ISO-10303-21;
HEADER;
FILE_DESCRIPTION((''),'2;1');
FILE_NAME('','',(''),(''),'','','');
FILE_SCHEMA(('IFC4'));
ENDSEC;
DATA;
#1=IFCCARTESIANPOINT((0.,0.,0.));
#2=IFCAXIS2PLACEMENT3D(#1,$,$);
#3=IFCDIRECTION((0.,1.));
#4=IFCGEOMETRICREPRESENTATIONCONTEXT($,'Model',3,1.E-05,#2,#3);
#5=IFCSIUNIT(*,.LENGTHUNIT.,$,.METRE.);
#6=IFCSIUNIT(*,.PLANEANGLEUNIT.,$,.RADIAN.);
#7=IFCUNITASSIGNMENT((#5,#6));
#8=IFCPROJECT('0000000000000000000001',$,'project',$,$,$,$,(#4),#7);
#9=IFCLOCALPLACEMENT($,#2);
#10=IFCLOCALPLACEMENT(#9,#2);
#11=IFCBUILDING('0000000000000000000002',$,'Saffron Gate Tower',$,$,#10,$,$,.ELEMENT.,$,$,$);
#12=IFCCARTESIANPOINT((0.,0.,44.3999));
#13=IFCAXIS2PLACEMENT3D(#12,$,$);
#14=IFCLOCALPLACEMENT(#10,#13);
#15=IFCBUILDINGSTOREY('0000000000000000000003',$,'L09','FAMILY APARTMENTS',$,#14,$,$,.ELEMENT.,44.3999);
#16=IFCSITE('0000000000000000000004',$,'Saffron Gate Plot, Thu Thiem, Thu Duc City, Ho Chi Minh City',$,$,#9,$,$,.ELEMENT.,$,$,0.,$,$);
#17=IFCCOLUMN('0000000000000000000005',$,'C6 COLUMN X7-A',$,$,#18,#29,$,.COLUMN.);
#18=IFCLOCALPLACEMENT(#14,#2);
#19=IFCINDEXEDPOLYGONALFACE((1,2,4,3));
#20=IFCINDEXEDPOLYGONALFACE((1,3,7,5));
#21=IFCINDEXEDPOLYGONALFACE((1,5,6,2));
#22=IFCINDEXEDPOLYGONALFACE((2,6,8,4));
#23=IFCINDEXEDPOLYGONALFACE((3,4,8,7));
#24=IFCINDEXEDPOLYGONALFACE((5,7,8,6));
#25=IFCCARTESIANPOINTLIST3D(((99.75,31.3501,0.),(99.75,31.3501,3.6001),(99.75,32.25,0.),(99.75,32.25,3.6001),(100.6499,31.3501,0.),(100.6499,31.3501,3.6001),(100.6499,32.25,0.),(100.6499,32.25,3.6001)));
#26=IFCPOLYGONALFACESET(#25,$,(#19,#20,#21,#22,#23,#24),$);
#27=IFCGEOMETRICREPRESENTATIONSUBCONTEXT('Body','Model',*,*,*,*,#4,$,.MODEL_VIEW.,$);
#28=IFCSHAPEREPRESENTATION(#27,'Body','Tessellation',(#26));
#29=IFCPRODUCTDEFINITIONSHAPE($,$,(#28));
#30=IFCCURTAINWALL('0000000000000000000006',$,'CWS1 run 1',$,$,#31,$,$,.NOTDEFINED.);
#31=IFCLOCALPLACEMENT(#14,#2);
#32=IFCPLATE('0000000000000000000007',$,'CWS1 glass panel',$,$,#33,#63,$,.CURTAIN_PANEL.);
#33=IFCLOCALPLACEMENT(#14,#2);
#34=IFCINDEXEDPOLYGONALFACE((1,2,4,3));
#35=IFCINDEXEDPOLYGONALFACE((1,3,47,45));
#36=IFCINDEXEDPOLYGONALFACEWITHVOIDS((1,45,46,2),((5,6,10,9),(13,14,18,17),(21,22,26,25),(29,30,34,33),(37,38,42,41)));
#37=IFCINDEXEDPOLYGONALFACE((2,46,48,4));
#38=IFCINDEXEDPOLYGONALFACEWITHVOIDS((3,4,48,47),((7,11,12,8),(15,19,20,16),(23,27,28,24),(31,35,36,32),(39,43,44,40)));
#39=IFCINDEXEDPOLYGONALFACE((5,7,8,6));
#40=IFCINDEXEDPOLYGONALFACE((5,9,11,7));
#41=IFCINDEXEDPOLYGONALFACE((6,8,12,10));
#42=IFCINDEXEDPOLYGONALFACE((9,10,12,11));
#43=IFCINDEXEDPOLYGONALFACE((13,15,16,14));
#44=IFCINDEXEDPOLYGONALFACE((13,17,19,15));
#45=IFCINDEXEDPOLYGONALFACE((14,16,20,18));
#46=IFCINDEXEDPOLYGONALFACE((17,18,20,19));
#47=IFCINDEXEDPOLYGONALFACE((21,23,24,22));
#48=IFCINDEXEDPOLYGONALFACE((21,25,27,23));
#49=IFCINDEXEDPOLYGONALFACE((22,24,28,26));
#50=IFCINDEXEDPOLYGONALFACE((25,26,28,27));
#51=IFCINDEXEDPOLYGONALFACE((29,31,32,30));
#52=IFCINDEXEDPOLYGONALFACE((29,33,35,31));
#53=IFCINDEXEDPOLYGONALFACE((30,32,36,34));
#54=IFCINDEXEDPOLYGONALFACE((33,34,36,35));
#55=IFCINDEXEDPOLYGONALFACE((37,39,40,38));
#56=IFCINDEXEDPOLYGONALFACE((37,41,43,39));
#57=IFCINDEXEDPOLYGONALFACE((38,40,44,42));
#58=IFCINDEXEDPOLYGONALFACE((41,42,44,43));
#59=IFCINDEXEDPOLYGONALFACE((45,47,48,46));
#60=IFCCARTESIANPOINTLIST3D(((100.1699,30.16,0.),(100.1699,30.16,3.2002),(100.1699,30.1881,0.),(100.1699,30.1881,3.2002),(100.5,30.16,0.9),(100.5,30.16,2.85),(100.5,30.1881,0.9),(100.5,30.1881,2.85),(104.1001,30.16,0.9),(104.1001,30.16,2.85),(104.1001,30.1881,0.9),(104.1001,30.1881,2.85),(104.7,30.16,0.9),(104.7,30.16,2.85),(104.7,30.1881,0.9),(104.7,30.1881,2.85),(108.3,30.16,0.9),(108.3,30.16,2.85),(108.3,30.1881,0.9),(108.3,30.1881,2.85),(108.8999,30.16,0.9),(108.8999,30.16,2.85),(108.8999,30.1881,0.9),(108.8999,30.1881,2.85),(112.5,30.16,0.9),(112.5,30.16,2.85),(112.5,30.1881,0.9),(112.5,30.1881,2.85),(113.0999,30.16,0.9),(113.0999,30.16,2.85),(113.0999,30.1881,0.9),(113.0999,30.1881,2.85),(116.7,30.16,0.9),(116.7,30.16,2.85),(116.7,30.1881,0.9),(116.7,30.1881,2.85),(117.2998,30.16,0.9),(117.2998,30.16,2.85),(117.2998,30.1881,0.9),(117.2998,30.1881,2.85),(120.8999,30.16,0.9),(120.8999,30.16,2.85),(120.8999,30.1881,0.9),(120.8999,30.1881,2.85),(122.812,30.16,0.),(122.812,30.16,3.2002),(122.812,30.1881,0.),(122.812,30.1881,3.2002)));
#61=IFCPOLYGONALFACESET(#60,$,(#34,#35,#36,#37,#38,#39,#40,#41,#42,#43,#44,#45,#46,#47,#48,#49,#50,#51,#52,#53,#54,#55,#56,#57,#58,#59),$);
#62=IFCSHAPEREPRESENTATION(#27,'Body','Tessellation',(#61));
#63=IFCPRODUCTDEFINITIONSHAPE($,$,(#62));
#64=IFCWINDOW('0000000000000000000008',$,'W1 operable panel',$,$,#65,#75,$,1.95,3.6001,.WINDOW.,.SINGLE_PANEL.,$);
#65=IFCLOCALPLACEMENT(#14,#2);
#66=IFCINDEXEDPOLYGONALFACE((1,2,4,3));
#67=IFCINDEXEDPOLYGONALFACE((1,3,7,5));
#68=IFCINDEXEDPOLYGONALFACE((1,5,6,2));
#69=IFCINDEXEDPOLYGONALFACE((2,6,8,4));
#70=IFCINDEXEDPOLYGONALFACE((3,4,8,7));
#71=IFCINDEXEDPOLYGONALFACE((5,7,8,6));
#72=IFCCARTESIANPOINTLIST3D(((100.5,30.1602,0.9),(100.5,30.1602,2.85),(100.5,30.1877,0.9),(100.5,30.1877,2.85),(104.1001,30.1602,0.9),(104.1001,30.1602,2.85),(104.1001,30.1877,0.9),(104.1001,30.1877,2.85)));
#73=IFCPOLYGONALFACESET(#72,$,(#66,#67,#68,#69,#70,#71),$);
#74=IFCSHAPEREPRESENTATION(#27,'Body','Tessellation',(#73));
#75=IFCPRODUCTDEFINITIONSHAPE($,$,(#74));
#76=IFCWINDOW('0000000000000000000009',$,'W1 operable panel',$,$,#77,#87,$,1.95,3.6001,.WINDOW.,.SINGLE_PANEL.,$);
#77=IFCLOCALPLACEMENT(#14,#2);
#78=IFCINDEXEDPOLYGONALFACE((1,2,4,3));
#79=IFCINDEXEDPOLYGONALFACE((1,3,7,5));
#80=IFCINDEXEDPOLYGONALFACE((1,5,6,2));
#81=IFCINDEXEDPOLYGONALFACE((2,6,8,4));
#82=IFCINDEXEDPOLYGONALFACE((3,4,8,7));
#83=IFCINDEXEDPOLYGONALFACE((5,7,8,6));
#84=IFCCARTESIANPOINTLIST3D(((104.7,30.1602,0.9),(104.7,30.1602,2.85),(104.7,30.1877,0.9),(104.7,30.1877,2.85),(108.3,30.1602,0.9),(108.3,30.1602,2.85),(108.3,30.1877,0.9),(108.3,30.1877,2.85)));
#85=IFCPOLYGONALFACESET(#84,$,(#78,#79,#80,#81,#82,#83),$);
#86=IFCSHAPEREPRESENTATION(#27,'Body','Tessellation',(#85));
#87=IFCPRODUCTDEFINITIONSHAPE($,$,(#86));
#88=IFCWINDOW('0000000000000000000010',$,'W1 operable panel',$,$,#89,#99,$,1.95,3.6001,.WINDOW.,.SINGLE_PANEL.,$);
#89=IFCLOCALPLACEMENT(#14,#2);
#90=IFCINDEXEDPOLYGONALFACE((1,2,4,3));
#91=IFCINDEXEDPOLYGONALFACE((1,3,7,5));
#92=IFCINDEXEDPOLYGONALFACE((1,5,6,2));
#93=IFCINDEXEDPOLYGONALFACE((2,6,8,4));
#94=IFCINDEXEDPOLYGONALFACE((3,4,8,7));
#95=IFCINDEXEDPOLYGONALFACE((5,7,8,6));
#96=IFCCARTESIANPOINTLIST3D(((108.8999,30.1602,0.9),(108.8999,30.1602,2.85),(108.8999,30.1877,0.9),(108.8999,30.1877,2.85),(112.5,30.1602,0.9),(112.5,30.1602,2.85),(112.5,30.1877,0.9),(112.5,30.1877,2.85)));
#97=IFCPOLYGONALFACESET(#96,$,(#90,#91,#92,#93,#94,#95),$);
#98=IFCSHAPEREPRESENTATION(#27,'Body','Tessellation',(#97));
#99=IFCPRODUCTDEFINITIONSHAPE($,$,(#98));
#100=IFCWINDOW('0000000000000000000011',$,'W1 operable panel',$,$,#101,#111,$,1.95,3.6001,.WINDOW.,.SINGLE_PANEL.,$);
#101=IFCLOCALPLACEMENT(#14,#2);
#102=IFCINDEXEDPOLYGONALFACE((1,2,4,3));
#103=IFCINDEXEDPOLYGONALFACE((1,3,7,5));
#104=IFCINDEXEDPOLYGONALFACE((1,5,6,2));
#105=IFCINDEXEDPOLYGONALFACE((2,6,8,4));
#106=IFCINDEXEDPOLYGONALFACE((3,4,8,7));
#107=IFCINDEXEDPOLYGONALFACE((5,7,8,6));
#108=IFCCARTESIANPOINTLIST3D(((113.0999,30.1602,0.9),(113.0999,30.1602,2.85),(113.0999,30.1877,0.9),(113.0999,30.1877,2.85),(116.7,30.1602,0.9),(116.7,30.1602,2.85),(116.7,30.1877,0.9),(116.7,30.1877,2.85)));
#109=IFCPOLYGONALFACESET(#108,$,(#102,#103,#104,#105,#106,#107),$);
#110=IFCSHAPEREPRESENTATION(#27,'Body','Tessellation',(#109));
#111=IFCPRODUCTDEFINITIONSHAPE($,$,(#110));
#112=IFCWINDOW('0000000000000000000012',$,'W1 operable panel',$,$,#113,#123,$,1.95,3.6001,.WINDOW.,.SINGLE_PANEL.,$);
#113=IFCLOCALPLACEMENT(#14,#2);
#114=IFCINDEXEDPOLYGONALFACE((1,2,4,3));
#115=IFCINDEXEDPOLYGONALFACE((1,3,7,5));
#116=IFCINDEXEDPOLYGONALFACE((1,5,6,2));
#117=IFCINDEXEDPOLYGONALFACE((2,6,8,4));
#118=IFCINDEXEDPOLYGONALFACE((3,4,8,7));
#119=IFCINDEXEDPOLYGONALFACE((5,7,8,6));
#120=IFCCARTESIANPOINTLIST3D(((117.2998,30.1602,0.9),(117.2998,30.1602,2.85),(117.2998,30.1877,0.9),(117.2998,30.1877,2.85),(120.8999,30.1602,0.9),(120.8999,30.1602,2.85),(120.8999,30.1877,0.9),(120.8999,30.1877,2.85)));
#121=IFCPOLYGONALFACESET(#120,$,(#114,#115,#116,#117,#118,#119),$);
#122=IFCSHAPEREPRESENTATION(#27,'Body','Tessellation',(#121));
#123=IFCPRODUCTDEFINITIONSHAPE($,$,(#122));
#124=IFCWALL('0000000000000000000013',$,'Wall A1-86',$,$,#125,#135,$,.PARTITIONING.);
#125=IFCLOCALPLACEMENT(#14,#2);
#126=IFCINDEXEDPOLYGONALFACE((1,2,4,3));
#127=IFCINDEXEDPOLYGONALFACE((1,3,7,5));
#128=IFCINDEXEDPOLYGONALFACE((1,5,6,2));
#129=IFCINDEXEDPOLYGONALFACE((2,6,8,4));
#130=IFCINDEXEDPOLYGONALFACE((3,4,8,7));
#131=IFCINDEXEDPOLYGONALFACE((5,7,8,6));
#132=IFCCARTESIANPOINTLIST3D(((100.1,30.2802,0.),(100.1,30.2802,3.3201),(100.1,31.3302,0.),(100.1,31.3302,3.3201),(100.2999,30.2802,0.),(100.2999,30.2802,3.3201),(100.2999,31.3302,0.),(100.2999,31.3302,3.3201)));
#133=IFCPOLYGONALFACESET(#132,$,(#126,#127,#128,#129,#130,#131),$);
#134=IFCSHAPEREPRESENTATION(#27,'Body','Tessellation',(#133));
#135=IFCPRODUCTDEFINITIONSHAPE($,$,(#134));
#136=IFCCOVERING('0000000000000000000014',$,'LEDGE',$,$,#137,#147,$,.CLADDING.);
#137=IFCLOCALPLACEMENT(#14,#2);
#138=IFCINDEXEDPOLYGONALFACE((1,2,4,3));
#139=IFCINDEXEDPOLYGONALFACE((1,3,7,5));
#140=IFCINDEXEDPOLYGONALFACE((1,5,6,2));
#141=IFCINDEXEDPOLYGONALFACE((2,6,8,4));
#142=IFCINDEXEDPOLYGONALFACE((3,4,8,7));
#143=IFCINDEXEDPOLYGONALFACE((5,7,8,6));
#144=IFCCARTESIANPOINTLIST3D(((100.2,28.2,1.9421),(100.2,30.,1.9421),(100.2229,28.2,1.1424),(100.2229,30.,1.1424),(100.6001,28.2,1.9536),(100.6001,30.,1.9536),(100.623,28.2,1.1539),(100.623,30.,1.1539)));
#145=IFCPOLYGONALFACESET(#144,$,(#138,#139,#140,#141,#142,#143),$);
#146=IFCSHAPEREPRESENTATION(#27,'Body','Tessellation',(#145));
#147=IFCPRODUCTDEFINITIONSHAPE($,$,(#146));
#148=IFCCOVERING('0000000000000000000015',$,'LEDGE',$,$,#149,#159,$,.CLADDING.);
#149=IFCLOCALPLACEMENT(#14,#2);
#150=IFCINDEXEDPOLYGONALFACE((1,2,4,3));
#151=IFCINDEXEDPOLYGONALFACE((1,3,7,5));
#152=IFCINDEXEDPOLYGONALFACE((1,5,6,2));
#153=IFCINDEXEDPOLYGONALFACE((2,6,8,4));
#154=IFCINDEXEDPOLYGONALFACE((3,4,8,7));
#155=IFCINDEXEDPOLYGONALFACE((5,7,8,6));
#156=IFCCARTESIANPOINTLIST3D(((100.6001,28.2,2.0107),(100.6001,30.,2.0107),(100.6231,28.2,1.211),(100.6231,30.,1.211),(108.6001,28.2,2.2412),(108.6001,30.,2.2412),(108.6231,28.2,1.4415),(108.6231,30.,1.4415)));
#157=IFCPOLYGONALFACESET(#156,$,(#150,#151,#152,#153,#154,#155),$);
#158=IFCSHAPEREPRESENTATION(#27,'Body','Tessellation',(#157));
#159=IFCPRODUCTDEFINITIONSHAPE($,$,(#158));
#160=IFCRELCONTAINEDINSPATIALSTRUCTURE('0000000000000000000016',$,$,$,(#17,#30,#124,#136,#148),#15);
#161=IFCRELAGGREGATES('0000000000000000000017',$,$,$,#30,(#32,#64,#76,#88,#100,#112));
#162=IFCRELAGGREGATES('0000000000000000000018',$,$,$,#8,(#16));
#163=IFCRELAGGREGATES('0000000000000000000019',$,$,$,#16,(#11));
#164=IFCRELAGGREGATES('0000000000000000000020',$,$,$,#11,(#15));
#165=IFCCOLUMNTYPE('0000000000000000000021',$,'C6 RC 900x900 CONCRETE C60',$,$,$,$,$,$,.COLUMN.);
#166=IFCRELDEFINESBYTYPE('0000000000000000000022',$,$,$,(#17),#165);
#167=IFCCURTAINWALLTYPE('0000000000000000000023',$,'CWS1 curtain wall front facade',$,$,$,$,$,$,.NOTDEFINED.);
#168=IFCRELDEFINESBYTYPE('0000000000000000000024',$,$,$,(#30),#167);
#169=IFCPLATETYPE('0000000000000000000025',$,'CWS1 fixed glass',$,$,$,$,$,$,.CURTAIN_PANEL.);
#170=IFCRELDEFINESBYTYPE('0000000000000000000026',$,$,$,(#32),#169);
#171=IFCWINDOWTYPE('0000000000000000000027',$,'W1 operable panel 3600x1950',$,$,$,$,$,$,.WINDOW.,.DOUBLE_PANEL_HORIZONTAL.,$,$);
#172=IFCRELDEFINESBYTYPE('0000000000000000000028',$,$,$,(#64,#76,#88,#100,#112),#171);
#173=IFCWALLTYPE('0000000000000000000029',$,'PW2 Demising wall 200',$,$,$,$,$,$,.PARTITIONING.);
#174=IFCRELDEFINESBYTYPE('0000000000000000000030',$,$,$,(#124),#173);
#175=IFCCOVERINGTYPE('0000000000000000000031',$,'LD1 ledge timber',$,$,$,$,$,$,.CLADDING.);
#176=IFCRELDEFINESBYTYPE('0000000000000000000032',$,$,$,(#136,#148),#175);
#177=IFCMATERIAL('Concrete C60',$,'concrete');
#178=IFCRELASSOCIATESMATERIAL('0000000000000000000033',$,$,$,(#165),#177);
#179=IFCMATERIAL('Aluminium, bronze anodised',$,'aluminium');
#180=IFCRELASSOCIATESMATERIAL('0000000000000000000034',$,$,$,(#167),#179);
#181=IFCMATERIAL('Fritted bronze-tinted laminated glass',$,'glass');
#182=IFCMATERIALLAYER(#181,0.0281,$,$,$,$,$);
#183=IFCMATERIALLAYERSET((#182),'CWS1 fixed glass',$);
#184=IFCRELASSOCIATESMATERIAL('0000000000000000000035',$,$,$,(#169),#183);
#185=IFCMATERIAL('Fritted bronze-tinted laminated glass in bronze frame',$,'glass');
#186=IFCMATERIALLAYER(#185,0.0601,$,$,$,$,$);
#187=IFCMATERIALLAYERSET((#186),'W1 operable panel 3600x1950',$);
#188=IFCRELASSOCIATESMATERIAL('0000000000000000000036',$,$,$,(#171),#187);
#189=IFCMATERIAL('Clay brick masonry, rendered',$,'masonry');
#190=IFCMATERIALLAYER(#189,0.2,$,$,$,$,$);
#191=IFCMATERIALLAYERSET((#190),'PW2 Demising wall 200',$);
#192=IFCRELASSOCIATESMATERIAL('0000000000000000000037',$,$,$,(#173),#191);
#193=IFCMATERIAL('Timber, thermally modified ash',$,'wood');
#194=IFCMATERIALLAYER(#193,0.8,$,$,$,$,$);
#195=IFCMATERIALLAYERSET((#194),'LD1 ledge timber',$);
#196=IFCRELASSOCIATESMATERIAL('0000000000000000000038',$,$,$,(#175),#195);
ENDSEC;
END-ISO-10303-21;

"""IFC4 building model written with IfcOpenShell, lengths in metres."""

from ifc_helpers import new_model, si_unit, direction, frame, frame_2d, origin, origin_2d, place, context, subcontext, project, spatial, polyline, rectangle, outline, extrude, material, layer, layer_set, material_profile, profile_set, type_object, element, fill, aggregate, save


model = new_model("IFC4")

# Units and contexts
model_context = context("Model", 3, precision=1e-05, world=origin(), true_north=direction((0.0, 1.0)))
body_context = subcontext(model_context, "Body", "Model", "MODEL_VIEW")
ifc_project = project(units=[si_unit("LENGTHUNIT", "METRE"), si_unit("PLANEANGLEUNIT", "RADIAN")], contexts=[model_context])

# Site, building, storey
site_placement = place(None, origin())
site = spatial("IfcSite", under=ifc_project, at=site_placement, Name="Saffron Gate Plot, Thu Thiem, Thu Duc City, Ho Chi Minh City", CompositionType="ELEMENT", RefElevation=0.0)
building_placement = place(site_placement, origin())
building = spatial("IfcBuilding", under=site, at=building_placement, Name="Saffron Gate Tower", CompositionType="ELEMENT")
storey_placement = place(building_placement, frame((0.0, 0.0, 44.3999)))
storey = spatial("IfcBuildingStorey", under=building, at=storey_placement, Name="L09", Description="FAMILY APARTMENTS", CompositionType="ELEMENT", Elevation=44.3999)

# Column
ifc_material_1 = material(Name="Concrete C60", Category="concrete")
ifc_material_profile = material_profile(ifc_material_1, rectangle(XDim=0.8999, YDim=0.8999, at=origin_2d()))
ifc_profile_set = profile_set([ifc_material_profile], Name="Concrete C60")
column_type = type_object("IfcColumnType", Name="C6 RC 900x900 CONCRETE C60", PredefinedType="COLUMN", material=ifc_profile_set)
column_placement = place(storey_placement, frame((100.2, 31.8, 0.0), z_axis=(0.0, 0.0, 1.0), x_axis=(1.0, 0.0, 0.0)))
element("IfcColumn", 1, at=column_placement, inside=storey, type_object=column_type, Name="C6 COLUMN X7-A", PredefinedType="COLUMN", context=body_context, shape_type="SweptSolid", body=[
    extrude(rectangle(XDim=0.8999, YDim=0.8999, at=origin_2d()), origin(), (0.0, 0.0, 1.0), 3.6001),
])

# Curtain wall, plate, openings, windows
ifc_material_2 = material(Name="Aluminium, bronze anodised", Category="aluminium")
curtain_wall_type = type_object("IfcCurtainWallType", Name="CWS1 curtain wall front facade", PredefinedType="NOTDEFINED", material=ifc_material_2)
curtain_wall_placement = place(storey_placement, origin())
curtain_wall = element("IfcCurtainWall", 2, at=curtain_wall_placement, inside=storey, type_object=curtain_wall_type, Name="CWS1 run 1", PredefinedType="NOTDEFINED")
ifc_material_3 = material(Name="Fritted bronze-tinted laminated glass", Category="glass")
ifc_layer_1 = layer(ifc_material_3, 0.0281)
ifc_layer_set_1 = layer_set([ifc_layer_1], Name="CWS1 fixed glass")
plate_type = type_object("IfcPlateType", Name="CWS1 fixed glass", PredefinedType="CURTAIN_PANEL", material=ifc_layer_set_1)
plate_placement = place(storey_placement, frame((100.1699, 30.1741, 0.0), z_axis=(0.0, 0.0, 1.0), x_axis=(1.0, 0.0, 0.0)))
plate = element("IfcPlate", 3, at=plate_placement, type_object=plate_type, Name="CWS1 glass panel", PredefinedType="CURTAIN_PANEL", context=body_context, shape_type="SweptSolid", body=[
    extrude(rectangle(XDim=22.6421, YDim=0.0281, at=frame_2d((11.321, 0.0))), origin(), (0.0, 0.0, 1.0), 3.2002),
])
opening_1_placement = place(plate_placement, frame((0.3301, 0.0, 0.8999)))
opening_1 = element("IfcOpeningElement", 4, at=opening_1_placement, cuts=plate, PredefinedType="OPENING", context=body_context, shape_type="SweptSolid", body=[
    extrude(rectangle(XDim=3.6001, YDim=1.95, at=frame_2d((1.8, 0.9751))), frame((0.0, 0.0239, 0.0), z_axis=(0.0, -1.0, 0.0), x_axis=(1.0, 0.0, 0.0)), (0.0, 0.0, 1.0), 0.0481),
])
opening_2_placement = place(plate_placement, frame((4.53, 0.0, 0.8999)))
opening_2 = element("IfcOpeningElement", 5, at=opening_2_placement, cuts=plate, PredefinedType="OPENING", context=body_context, shape_type="SweptSolid", body=[
    extrude(rectangle(XDim=3.6001, YDim=1.95, at=frame_2d((1.8, 0.9751))), frame((0.0, 0.0239, 0.0), z_axis=(0.0, -1.0, 0.0), x_axis=(1.0, 0.0, 0.0)), (0.0, 0.0, 1.0), 0.0481),
])
opening_3_placement = place(plate_placement, frame((8.73, 0.0, 0.8999)))
opening_3 = element("IfcOpeningElement", 6, at=opening_3_placement, cuts=plate, PredefinedType="OPENING", context=body_context, shape_type="SweptSolid", body=[
    extrude(rectangle(XDim=3.6001, YDim=1.95, at=frame_2d((1.8, 0.9751))), frame((0.0, 0.0239, 0.0), z_axis=(0.0, -1.0, 0.0), x_axis=(1.0, 0.0, 0.0)), (0.0, 0.0, 1.0), 0.0481),
])
opening_4_placement = place(plate_placement, frame((12.9299, 0.0, 0.8999)))
opening_4 = element("IfcOpeningElement", 7, at=opening_4_placement, cuts=plate, PredefinedType="OPENING", context=body_context, shape_type="SweptSolid", body=[
    extrude(rectangle(XDim=3.6001, YDim=1.95, at=frame_2d((1.8, 0.9751))), frame((0.0, 0.0239, 0.0), z_axis=(0.0, -1.0, 0.0), x_axis=(1.0, 0.0, 0.0)), (0.0, 0.0, 1.0), 0.0481),
])
opening_5_placement = place(plate_placement, frame((17.1299, 0.0, 0.8999)))
opening_5 = element("IfcOpeningElement", 8, at=opening_5_placement, cuts=plate, PredefinedType="OPENING", context=body_context, shape_type="SweptSolid", body=[
    extrude(rectangle(XDim=3.6001, YDim=1.95, at=frame_2d((1.8, 0.9751))), frame((0.0, 0.0239, 0.0), z_axis=(0.0, -1.0, 0.0), x_axis=(1.0, 0.0, 0.0)), (0.0, 0.0, 1.0), 0.0481),
])
ifc_material_4 = material(Name="Fritted bronze-tinted laminated glass in bronze frame", Category="glass")
ifc_layer_2 = layer(ifc_material_4, 0.0601)
ifc_layer_set_2 = layer_set([ifc_layer_2], Name="W1 operable panel 3600x1950")
window_type = type_object("IfcWindowType", Name="W1 operable panel 3600x1950", PartitioningType="DOUBLE_PANEL_HORIZONTAL", PredefinedType="WINDOW", material=ifc_layer_set_2)
window_1_placement = place(opening_1_placement, origin())
window_1 = element("IfcWindow", 9, at=window_1_placement, type_object=window_type, Name="W1 operable panel", OverallHeight=1.95, OverallWidth=3.6001, PartitioningType="SINGLE_PANEL", PredefinedType="WINDOW", context=body_context, shape_type="SweptSolid", body=[
    extrude(rectangle(XDim=3.6001, YDim=1.95, at=frame_2d((1.8, 0.9751))), frame((0.0, 0.0137, 0.0), z_axis=(0.0, -1.0, 0.0), x_axis=(1.0, 0.0, 0.0)), (0.0, 0.0, 1.0), 0.0276),
])
fill(opening_1, window_1)
window_2_placement = place(opening_2_placement, origin())
window_2 = element("IfcWindow", 10, at=window_2_placement, type_object=window_type, Name="W1 operable panel", OverallHeight=1.95, OverallWidth=3.6001, PartitioningType="SINGLE_PANEL", PredefinedType="WINDOW", context=body_context, shape_type="SweptSolid", body=[
    extrude(rectangle(XDim=3.6001, YDim=1.95, at=frame_2d((1.8, 0.9751))), frame((0.0, 0.0137, 0.0), z_axis=(0.0, -1.0, 0.0), x_axis=(1.0, 0.0, 0.0)), (0.0, 0.0, 1.0), 0.0276),
])
fill(opening_2, window_2)
window_3_placement = place(opening_3_placement, origin())
window_3 = element("IfcWindow", 11, at=window_3_placement, type_object=window_type, Name="W1 operable panel", OverallHeight=1.95, OverallWidth=3.6001, PartitioningType="SINGLE_PANEL", PredefinedType="WINDOW", context=body_context, shape_type="SweptSolid", body=[
    extrude(rectangle(XDim=3.6001, YDim=1.95, at=frame_2d((1.8, 0.9751))), frame((0.0, 0.0137, 0.0), z_axis=(0.0, -1.0, 0.0), x_axis=(1.0, 0.0, 0.0)), (0.0, 0.0, 1.0), 0.0276),
])
fill(opening_3, window_3)
window_4_placement = place(opening_4_placement, origin())
window_4 = element("IfcWindow", 12, at=window_4_placement, type_object=window_type, Name="W1 operable panel", OverallHeight=1.95, OverallWidth=3.6001, PartitioningType="SINGLE_PANEL", PredefinedType="WINDOW", context=body_context, shape_type="SweptSolid", body=[
    extrude(rectangle(XDim=3.6001, YDim=1.95, at=frame_2d((1.8, 0.9751))), frame((0.0, 0.0137, 0.0), z_axis=(0.0, -1.0, 0.0), x_axis=(1.0, 0.0, 0.0)), (0.0, 0.0, 1.0), 0.0276),
])
fill(opening_4, window_4)
window_5_placement = place(opening_5_placement, origin())
window_5 = element("IfcWindow", 13, at=window_5_placement, type_object=window_type, Name="W1 operable panel", OverallHeight=1.95, OverallWidth=3.6001, PartitioningType="SINGLE_PANEL", PredefinedType="WINDOW", context=body_context, shape_type="SweptSolid", body=[
    extrude(rectangle(XDim=3.6001, YDim=1.95, at=frame_2d((1.8, 0.9751))), frame((0.0, 0.0137, 0.0), z_axis=(0.0, -1.0, 0.0), x_axis=(1.0, 0.0, 0.0)), (0.0, 0.0, 1.0), 0.0276),
])
fill(opening_5, window_5)
aggregate(curtain_wall, [plate, window_1, window_2, window_3, window_4, window_5])

# Wall
ifc_material_5 = material(Name="Clay brick masonry, rendered", Category="masonry")
ifc_layer_3 = layer(ifc_material_5, 0.2)
ifc_layer_set_3 = layer_set([ifc_layer_3], Name="PW2 Demising wall 200")
wall_type = type_object("IfcWallType", Name="PW2 Demising wall 200", PredefinedType="PARTITIONING", material=ifc_layer_set_3)
wall_placement = place(storey_placement, frame((100.2, 31.3301, 0.0), z_axis=(0.0, 0.0, 1.0), x_axis=(0.0, -1.0, 0.0)))
element("IfcWall", 14, at=wall_placement, inside=storey, type_object=wall_type, Name="Wall A1-86", PredefinedType="PARTITIONING", context=body_context, shape_type="SweptSolid", body=[
    extrude(rectangle(XDim=1.05, YDim=0.2, at=frame_2d((0.5249, 0.0))), origin(), (0.0, 0.0, 1.0), 3.3201),
])

# Coverings
ifc_material_6 = material(Name="Timber, thermally modified ash", Category="wood")
ifc_layer_4 = layer(ifc_material_6, 0.8)
ifc_layer_set_4 = layer_set([ifc_layer_4], Name="LD1 ledge timber")
covering_type_1 = type_object("IfcCoveringType", Name="LD1 ledge timber", PredefinedType="CLADDING", material=ifc_layer_set_4)
covering_1_placement = place(storey_placement, frame((100.2, 30.0, 1.9421), z_axis=(-0.028664, 0.0, 0.999589), x_axis=(0.999589, 0.0, 0.028664)))
element("IfcCovering", 15, at=covering_1_placement, inside=storey, type_object=covering_type_1, Name="LEDGE", PredefinedType="CLADDING", context=body_context, shape_type="SweptSolid", body=[
    extrude(outline(polyline([(0.0, 0.0), (0.4003, 0.0), (0.4003, -1.8), (0.0, -1.8), (0.0, 0.0)])), origin(), (0.0, 0.0, -1.0), 0.8),
])
covering_2_placement = place(storey_placement, frame((100.6001, 30.0, 2.0107), z_axis=(-0.028797, 0.0, 0.999585), x_axis=(0.999585, 0.0, 0.028797)))
element("IfcCovering", 16, at=covering_2_placement, inside=storey, type_object=covering_type_1, Name="LEDGE", PredefinedType="CLADDING", context=body_context, shape_type="SweptSolid", body=[
    extrude(outline(polyline([(0.0, 0.0), (8.0033, 0.0), (8.0033, -1.8), (0.0, -1.8), (0.0, 0.0)])), origin(), (0.0, 0.0, -1.0), 0.8),
])

save(model, "model.ifc")
